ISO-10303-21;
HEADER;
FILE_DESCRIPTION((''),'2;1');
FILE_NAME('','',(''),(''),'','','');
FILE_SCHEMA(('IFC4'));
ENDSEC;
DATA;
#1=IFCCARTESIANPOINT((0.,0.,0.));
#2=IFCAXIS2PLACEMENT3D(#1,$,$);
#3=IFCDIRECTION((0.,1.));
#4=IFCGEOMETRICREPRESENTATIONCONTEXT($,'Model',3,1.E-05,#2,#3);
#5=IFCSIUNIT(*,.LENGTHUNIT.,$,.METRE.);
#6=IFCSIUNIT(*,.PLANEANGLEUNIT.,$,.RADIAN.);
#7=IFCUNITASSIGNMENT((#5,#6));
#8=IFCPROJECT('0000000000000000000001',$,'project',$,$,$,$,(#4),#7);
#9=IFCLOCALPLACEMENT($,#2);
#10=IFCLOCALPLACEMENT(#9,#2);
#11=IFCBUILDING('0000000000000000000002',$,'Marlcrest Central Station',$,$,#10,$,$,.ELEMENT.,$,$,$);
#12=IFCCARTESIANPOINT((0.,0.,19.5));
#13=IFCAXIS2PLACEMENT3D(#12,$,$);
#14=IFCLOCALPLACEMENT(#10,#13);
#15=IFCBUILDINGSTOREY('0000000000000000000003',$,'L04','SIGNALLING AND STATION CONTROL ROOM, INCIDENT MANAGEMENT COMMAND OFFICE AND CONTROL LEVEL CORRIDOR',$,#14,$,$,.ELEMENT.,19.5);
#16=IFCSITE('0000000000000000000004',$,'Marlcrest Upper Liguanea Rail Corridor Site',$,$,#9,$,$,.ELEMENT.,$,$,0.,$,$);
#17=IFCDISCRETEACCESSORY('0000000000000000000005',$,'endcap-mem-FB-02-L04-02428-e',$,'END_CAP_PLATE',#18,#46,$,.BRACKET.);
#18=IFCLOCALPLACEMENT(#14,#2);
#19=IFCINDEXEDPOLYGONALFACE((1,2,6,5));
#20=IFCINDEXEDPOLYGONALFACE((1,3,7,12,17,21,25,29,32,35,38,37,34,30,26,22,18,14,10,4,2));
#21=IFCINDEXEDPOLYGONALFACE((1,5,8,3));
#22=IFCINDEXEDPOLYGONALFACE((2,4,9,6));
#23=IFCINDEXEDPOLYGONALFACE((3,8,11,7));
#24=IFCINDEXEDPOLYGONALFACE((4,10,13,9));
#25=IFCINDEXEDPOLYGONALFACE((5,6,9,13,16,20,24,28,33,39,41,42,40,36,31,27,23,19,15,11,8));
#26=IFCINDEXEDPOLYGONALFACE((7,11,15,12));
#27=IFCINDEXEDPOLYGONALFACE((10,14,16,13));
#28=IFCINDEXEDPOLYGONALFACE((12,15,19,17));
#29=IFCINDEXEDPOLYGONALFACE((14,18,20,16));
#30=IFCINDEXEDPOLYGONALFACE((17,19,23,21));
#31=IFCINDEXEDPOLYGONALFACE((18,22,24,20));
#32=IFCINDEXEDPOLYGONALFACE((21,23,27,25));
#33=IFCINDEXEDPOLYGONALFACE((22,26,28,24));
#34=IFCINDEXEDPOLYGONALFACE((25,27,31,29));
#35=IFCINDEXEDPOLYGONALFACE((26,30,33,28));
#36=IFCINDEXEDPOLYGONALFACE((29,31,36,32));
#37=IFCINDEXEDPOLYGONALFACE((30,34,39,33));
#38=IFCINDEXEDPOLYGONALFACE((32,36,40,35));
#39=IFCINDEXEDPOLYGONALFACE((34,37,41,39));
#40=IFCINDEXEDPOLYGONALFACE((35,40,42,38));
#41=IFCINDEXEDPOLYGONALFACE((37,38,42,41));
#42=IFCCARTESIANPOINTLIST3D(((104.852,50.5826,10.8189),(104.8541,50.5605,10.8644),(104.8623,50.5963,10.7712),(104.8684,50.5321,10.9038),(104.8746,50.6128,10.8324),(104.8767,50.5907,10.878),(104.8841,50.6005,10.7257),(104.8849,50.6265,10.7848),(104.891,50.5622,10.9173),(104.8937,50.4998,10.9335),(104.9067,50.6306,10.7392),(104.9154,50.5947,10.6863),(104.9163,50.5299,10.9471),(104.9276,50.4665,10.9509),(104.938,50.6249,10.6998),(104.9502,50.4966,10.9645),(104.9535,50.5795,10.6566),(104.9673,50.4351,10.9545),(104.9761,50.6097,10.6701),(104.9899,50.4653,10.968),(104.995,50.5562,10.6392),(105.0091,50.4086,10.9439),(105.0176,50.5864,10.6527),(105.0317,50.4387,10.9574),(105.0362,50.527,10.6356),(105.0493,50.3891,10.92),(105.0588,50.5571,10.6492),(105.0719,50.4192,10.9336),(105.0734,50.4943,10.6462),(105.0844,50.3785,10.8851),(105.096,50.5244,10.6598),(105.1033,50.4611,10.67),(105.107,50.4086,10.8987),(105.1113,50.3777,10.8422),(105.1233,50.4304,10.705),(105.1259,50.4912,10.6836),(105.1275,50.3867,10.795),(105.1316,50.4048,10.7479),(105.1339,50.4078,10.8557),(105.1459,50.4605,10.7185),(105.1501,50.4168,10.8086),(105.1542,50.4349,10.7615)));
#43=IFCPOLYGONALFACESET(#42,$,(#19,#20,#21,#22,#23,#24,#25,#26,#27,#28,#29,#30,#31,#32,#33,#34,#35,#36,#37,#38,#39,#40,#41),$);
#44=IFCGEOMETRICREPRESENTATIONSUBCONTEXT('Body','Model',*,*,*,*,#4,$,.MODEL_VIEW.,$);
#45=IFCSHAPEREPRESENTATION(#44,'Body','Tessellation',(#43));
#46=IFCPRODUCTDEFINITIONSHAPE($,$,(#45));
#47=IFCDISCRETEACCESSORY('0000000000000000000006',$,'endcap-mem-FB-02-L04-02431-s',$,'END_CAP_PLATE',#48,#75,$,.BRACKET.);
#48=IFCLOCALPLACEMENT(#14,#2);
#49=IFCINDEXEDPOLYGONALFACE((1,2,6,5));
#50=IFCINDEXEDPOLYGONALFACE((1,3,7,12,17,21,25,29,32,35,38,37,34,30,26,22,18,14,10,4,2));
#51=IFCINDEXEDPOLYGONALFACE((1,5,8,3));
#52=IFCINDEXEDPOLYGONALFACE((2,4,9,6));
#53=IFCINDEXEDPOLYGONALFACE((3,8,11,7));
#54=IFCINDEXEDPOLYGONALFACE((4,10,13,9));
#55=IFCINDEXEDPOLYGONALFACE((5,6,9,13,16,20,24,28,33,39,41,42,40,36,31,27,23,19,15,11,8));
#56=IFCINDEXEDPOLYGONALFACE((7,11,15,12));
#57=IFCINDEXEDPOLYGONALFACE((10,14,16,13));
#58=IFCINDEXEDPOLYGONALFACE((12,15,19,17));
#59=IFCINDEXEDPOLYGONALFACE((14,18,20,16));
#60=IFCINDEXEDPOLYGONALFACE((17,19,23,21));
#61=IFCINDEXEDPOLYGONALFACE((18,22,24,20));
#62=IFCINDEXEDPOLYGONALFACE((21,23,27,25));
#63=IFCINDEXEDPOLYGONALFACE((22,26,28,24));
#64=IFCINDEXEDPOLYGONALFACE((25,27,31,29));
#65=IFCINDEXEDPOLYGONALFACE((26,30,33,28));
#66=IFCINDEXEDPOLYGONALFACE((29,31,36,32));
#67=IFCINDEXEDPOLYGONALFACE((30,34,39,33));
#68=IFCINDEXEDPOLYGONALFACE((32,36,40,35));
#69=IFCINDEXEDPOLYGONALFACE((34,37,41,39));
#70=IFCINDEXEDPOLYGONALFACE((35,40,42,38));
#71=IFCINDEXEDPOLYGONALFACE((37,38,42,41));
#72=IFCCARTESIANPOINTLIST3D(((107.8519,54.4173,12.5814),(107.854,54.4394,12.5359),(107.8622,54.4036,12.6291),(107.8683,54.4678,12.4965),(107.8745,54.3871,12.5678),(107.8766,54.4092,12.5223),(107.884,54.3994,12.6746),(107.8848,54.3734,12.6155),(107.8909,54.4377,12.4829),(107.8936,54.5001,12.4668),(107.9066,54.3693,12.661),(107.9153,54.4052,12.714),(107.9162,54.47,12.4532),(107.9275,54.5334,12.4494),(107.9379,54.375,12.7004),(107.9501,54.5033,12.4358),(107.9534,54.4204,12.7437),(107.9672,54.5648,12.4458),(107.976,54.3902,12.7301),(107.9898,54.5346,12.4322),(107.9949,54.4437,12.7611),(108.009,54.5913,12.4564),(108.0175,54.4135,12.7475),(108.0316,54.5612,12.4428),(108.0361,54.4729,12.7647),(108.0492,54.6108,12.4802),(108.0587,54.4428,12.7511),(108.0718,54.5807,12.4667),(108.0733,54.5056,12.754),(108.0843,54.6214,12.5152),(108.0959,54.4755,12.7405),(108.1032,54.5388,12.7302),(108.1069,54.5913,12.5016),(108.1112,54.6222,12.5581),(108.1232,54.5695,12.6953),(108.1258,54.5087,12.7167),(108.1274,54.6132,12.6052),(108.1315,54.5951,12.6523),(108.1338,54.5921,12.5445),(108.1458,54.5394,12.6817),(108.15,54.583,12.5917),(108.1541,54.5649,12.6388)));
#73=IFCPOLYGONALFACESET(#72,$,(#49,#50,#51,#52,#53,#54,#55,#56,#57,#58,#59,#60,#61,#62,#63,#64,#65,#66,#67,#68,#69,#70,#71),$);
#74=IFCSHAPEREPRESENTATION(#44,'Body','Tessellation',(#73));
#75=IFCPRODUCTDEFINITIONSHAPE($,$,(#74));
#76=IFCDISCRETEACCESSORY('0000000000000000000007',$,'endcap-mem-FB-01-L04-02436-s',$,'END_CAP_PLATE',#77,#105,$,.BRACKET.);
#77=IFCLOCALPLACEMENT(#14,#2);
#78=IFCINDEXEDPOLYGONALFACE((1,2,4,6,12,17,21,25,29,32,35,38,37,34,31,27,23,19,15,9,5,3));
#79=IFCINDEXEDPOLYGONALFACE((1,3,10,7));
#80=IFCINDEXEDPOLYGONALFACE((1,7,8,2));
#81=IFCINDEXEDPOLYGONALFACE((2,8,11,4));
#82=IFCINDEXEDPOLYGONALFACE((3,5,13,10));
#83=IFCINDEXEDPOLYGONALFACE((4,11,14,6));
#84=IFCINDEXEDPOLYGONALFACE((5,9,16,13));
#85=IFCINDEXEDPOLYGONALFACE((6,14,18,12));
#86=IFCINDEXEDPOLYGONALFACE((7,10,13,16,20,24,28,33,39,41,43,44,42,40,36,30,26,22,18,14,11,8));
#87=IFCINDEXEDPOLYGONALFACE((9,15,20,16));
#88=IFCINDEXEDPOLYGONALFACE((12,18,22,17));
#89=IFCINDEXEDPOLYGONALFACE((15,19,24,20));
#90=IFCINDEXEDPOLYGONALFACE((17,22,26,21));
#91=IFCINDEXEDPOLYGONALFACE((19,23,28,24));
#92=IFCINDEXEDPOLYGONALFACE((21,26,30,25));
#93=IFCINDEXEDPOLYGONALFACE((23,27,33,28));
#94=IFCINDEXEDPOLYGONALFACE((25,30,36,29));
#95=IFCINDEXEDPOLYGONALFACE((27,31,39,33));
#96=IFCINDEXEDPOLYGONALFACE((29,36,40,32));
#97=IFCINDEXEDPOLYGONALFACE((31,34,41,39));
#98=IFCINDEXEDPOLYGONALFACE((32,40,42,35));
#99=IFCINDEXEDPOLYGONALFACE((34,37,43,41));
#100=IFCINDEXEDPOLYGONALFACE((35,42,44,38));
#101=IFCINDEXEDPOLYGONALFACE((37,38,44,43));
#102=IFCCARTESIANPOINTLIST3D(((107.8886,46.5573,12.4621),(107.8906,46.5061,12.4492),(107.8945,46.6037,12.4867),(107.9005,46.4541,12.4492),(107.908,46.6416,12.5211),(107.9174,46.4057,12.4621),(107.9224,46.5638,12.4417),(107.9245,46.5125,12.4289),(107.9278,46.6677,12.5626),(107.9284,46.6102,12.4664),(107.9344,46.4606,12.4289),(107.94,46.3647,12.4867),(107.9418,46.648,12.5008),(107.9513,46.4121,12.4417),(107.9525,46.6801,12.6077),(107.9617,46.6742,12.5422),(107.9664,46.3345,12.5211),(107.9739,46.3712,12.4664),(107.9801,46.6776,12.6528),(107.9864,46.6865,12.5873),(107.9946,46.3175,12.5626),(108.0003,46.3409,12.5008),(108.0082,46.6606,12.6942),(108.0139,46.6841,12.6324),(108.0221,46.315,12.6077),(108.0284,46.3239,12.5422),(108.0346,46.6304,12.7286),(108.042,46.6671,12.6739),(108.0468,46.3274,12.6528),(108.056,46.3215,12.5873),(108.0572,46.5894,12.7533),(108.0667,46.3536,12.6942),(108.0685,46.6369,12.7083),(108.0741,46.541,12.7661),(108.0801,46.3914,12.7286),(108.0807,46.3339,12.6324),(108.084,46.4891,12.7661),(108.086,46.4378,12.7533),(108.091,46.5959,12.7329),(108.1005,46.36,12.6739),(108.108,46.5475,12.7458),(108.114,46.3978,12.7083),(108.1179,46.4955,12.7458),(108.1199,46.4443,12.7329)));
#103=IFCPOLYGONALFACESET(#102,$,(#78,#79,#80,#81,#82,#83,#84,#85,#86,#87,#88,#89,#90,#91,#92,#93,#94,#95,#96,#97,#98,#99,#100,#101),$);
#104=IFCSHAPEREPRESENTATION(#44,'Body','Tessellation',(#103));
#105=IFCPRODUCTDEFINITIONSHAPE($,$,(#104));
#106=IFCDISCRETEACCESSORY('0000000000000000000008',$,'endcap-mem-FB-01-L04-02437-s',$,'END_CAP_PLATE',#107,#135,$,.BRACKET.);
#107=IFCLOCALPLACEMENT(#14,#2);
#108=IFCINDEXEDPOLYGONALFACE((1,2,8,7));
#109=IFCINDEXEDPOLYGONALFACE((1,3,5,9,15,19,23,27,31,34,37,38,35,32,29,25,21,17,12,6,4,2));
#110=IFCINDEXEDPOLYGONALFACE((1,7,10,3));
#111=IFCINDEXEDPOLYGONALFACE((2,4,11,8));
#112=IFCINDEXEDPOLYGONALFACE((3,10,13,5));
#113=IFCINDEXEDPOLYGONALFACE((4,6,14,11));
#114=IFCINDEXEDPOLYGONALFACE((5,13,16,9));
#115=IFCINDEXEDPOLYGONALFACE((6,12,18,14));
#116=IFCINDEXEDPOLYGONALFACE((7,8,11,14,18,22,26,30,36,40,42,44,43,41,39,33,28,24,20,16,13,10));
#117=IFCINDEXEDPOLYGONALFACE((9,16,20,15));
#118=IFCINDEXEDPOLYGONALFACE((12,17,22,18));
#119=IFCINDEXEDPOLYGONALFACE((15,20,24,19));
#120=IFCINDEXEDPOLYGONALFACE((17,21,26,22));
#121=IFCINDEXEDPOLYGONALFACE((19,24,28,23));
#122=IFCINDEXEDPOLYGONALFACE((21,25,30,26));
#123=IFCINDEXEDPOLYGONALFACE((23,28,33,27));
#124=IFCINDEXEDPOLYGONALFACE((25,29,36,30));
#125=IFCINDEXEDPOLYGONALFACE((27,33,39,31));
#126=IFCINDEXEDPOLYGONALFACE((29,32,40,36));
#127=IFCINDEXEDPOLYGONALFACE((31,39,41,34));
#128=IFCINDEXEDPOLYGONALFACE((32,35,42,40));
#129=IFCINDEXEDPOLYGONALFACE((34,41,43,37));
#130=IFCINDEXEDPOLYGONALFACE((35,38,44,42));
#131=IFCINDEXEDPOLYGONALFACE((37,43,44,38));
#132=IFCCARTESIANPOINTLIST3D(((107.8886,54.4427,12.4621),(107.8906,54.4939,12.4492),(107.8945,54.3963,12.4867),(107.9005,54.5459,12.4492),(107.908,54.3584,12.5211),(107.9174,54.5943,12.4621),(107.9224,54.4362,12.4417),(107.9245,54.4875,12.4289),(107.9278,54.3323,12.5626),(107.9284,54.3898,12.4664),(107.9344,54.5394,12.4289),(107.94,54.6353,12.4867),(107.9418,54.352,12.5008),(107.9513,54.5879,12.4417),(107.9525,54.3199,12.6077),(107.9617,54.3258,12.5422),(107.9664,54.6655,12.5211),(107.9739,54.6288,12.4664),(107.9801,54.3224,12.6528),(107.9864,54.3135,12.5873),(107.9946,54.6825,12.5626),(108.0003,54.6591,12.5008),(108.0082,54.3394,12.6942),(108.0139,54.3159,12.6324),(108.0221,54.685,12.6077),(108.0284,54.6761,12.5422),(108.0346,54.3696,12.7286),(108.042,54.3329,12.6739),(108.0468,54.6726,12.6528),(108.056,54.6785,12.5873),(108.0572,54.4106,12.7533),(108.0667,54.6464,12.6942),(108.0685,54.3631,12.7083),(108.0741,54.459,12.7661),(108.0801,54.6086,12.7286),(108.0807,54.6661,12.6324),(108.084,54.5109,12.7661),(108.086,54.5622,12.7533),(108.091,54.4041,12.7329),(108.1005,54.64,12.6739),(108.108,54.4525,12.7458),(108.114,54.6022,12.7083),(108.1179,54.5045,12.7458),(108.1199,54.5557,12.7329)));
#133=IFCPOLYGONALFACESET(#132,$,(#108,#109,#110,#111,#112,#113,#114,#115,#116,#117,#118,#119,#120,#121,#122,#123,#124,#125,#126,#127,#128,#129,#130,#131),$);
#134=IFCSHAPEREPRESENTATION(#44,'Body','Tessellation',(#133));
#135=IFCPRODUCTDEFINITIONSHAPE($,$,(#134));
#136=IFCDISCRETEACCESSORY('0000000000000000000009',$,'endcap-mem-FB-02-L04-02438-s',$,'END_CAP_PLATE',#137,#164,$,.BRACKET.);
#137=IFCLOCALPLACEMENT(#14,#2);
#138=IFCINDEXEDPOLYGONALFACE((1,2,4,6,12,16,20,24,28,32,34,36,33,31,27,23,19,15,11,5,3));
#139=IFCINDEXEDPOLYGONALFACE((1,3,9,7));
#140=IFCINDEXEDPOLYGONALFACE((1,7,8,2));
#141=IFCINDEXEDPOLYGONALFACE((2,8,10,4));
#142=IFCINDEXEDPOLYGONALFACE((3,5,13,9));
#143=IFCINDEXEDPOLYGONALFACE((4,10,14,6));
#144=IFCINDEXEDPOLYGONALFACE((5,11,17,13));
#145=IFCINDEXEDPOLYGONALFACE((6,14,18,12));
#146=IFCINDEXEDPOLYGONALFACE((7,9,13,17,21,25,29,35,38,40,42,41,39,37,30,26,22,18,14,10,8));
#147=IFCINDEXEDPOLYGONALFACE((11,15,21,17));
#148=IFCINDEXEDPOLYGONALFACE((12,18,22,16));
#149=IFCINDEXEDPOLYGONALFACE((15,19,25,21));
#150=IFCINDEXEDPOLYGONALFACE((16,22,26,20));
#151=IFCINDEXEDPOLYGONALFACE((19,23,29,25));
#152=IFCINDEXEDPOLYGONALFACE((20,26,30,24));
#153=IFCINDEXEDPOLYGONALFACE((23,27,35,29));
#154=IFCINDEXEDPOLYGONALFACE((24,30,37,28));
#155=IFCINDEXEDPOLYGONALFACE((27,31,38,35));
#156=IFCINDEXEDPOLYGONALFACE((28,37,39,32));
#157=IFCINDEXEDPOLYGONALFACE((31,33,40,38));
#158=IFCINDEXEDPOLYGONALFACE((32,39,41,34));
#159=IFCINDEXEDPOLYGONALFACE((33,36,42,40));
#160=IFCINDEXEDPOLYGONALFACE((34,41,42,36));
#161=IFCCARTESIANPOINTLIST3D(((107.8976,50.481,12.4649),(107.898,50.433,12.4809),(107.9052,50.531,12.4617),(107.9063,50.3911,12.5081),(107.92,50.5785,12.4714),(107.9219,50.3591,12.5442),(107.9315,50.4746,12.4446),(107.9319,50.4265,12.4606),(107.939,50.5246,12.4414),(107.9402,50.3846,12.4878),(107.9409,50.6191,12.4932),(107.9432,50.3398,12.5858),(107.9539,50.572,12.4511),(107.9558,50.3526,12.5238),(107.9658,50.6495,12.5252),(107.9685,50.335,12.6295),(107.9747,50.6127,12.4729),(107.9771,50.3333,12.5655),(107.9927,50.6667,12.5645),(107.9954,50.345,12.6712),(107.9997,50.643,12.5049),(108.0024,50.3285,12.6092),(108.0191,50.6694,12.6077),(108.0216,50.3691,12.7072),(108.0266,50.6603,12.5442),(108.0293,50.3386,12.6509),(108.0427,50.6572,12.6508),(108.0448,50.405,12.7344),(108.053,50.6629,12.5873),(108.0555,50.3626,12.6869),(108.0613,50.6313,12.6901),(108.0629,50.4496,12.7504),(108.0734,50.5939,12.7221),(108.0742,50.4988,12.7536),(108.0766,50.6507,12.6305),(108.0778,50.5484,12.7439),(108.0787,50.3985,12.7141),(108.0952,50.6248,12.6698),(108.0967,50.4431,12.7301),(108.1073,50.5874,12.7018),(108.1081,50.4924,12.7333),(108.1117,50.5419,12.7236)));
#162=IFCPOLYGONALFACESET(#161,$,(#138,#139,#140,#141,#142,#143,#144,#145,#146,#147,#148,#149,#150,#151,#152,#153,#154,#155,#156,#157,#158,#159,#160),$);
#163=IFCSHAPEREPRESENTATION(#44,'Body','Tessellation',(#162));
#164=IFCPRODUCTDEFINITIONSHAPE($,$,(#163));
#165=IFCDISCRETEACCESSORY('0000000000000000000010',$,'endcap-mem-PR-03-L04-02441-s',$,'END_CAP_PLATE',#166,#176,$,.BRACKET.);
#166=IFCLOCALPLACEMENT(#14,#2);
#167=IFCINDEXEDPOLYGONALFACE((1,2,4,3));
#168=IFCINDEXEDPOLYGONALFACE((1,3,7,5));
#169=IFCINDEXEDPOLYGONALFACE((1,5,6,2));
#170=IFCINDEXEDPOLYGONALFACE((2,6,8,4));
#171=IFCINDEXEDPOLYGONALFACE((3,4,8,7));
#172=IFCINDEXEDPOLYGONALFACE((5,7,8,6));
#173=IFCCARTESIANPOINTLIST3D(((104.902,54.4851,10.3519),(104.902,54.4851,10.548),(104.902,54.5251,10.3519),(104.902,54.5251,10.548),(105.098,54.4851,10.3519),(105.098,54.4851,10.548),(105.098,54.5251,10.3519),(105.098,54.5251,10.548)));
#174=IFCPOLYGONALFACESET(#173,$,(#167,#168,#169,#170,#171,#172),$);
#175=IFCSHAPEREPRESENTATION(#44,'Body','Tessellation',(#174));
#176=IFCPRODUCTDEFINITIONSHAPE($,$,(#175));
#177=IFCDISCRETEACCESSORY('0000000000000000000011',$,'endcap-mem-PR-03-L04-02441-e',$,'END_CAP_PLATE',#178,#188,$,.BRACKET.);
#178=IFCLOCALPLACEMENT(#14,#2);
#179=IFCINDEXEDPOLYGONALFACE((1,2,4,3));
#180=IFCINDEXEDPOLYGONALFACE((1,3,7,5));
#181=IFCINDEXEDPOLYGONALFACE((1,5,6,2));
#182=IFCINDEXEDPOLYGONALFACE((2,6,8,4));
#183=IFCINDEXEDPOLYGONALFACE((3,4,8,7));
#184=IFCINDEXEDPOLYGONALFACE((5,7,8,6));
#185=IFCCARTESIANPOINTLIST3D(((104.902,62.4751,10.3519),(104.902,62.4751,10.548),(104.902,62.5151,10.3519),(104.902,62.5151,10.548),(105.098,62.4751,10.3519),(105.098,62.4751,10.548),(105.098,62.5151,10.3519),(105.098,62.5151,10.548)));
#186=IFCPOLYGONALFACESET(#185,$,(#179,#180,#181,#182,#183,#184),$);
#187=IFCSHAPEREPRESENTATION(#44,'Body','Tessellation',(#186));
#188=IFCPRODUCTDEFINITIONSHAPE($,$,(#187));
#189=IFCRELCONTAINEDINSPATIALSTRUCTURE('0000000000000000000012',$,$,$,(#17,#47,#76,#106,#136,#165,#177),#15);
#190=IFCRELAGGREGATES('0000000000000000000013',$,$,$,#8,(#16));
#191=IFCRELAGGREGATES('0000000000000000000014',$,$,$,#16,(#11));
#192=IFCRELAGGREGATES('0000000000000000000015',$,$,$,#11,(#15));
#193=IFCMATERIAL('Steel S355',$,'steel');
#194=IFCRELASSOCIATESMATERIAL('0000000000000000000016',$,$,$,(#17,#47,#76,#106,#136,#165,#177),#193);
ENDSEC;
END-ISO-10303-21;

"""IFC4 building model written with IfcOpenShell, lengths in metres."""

from ifc_helpers import new_model, si_unit, direction, frame, origin, origin_2d, place, context, subcontext, project, spatial, rectangle, circle, extrude, material, element, save


model = new_model("IFC4")

# Units and contexts
model_context = context("Model", 3, precision=1e-05, world=origin(), true_north=direction((0.0, 1.0)))
body_context = subcontext(model_context, "Body", "Model", "MODEL_VIEW")
ifc_project = project(units=[si_unit("LENGTHUNIT", "METRE"), si_unit("PLANEANGLEUNIT", "RADIAN")], contexts=[model_context])

# Site, building, storey
site_placement = place(None, origin())
site = spatial("IfcSite", under=ifc_project, at=site_placement, Name="Marlcrest Upper Liguanea Rail Corridor Site", CompositionType="ELEMENT", RefElevation=0.0)
building_placement = place(site_placement, origin())
building = spatial("IfcBuilding", under=site, at=building_placement, Name="Marlcrest Central Station", CompositionType="ELEMENT")
storey_placement = place(building_placement, frame((0.0, 0.0, 19.5)))
storey = spatial("IfcBuildingStorey", under=building, at=storey_placement, Name="L04", Description="SIGNALLING AND STATION CONTROL ROOM, INCIDENT MANAGEMENT COMMAND OFFICE AND CONTROL LEVEL CORRIDOR", CompositionType="ELEMENT", Elevation=19.5)

# Discrete accessories
ifc_material_1 = material(Name="Steel S355", Category="steel")
for number, where, z_axis, x_axis, name in (
    (1, (105.0142, 50.5188, 10.8086), (-0.564531, -0.752708, -0.338728), (0.8, -0.6, 0.0), "endcap-mem-FB-02-L04-02428-e"),
    (2, (107.9915, 54.5112, 12.6052), (0.564531, -0.752708, -0.338728), (0.8, 0.6, 0.0), "endcap-mem-FB-02-L04-02431-s"),
):
    element("IfcDiscreteAccessory", number, at=place(storey_placement, frame(where, z_axis=z_axis, x_axis=x_axis)), inside=storey, material=ifc_material_1, Name=name, ObjectType="END_CAP_PLATE", PredefinedType="BRACKET", context=body_context, shape_type="SweptSolid", body=[
        extrude(circle(Radius=0.1699, at=origin_2d()), origin(), (0.0, 0.0, 1.0), 0.04),
    ])
for number, where, z_axis, x_axis, name in (
    (3, (107.9873, 46.4976, 12.6077), (0.846277, 0.161196, -0.50777), (-0.187112, 0.982339, 0.0), "endcap-mem-FB-01-L04-02436-s"),
    (4, (107.9873, 54.5024, 12.6077), (0.846277, -0.161196, -0.50777), (0.187112, 0.982339, 0.0), "endcap-mem-FB-01-L04-02437-s"),
):
    element("IfcDiscreteAccessory", number, at=place(storey_placement, frame(where, z_axis=z_axis, x_axis=x_axis)), inside=storey, material=ifc_material_1, Name=name, ObjectType="END_CAP_PLATE", PredefinedType="BRACKET", context=body_context, shape_type="SweptSolid", body=[
        extrude(circle(Radius=0.1858, at=origin_2d()), origin(), (0.0, 0.0, 1.0), 0.04),
    ])
discrete_accessory_1_placement = place(storey_placement, frame((107.9873, 50.5024, 12.6077), z_axis=(0.846277, -0.161196, -0.50777), x_axis=(0.187112, 0.982339, 0.0)))
element("IfcDiscreteAccessory", 5, at=discrete_accessory_1_placement, inside=storey, material=ifc_material_1, Name="endcap-mem-FB-02-L04-02438-s", ObjectType="END_CAP_PLATE", PredefinedType="BRACKET", context=body_context, shape_type="SweptSolid", body=[
    extrude(circle(Radius=0.1699, at=origin_2d()), origin(), (0.0, 0.0, 1.0), 0.04),
])
for number, where, z_axis, x_axis, name in (
    (6, (105.0, 54.4851, 10.45), (0.0, 1.0, 0.0), (-1.0, 0.0, 0.0), "endcap-mem-PR-03-L04-02441-s"),
    (7, (105.0, 62.4751, 10.45), (0.0, 1.0, 0.0), (-1.0, 0.0, 0.0), "endcap-mem-PR-03-L04-02441-e"),
):
    element("IfcDiscreteAccessory", number, at=place(storey_placement, frame(where, z_axis=z_axis, x_axis=x_axis)), inside=storey, material=ifc_material_1, Name=name, ObjectType="END_CAP_PLATE", PredefinedType="BRACKET", context=body_context, shape_type="SweptSolid", body=[
        extrude(rectangle(XDim=0.196, YDim=0.196, at=origin_2d()), origin(), (0.0, 0.0, 1.0), 0.04),
    ])

save(model, "model.ifc")
